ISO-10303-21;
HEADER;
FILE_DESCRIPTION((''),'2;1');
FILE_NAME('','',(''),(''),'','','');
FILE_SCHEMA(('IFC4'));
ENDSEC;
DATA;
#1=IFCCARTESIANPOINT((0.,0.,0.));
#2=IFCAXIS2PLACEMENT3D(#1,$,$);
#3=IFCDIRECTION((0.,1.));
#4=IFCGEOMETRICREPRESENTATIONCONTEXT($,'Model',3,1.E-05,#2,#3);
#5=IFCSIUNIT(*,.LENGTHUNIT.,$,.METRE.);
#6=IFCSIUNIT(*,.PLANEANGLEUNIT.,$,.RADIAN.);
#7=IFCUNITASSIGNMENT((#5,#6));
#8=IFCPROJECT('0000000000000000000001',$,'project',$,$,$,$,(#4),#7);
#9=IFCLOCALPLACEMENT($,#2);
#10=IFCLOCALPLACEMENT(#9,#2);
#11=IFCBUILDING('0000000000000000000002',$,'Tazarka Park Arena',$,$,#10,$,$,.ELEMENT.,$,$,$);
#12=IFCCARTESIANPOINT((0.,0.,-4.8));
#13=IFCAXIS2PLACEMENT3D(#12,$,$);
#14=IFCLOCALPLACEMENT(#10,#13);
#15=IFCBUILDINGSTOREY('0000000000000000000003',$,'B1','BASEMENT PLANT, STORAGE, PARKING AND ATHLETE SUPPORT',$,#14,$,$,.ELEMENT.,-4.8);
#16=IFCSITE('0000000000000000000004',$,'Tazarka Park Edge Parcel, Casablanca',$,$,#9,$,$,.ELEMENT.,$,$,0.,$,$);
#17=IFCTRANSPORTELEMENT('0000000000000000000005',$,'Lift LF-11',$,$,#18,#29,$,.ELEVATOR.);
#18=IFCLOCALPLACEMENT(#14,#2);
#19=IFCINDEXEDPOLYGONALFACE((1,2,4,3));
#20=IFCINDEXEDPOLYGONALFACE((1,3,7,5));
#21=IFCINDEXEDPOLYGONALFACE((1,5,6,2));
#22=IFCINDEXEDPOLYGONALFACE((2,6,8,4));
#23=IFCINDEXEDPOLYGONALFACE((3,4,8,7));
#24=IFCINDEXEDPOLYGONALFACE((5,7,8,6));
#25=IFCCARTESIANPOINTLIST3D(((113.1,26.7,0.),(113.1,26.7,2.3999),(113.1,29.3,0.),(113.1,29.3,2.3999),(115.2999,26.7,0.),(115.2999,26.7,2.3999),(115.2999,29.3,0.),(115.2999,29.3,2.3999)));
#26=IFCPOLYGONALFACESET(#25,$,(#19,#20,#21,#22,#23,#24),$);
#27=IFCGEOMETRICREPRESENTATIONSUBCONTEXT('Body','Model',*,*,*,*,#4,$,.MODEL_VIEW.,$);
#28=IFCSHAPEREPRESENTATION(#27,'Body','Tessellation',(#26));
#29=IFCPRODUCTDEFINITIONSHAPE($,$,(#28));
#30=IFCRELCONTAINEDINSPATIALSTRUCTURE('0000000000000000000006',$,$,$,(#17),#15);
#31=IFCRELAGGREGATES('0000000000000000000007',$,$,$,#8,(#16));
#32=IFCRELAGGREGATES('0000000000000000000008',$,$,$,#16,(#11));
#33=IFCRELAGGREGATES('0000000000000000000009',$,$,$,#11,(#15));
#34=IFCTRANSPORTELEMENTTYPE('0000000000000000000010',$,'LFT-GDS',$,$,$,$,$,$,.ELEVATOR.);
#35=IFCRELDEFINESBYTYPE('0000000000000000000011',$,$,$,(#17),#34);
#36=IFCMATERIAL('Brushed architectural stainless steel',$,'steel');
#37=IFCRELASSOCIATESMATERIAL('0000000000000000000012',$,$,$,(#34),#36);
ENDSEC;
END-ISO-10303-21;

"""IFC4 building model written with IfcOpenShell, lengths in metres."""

from ifc_helpers import new_model, si_unit, direction, frame, origin, origin_2d, place, context, subcontext, project, spatial, rectangle, extrude, material, type_object, element, save


model = new_model("IFC4")

# Units and contexts
model_context = context("Model", 3, precision=1e-05, world=origin(), true_north=direction((0.0, 1.0)))
body_context = subcontext(model_context, "Body", "Model", "MODEL_VIEW")
ifc_project = project(units=[si_unit("LENGTHUNIT", "METRE"), si_unit("PLANEANGLEUNIT", "RADIAN")], contexts=[model_context])

# Site, building, storey
site_placement = place(None, origin())
site = spatial("IfcSite", under=ifc_project, at=site_placement, Name="Tazarka Park Edge Parcel, Casablanca", CompositionType="ELEMENT", RefElevation=0.0)
building_placement = place(site_placement, origin())
building = spatial("IfcBuilding", under=site, at=building_placement, Name="Tazarka Park Arena", CompositionType="ELEMENT")
storey_placement = place(building_placement, frame((0.0, 0.0, -4.8)))
storey = spatial("IfcBuildingStorey", under=building, at=storey_placement, Name="B1", Description="BASEMENT PLANT, STORAGE, PARKING AND ATHLETE SUPPORT", CompositionType="ELEMENT", Elevation=-4.8)

# Transport element
ifc_material_1 = material(Name="Brushed architectural stainless steel", Category="steel")
transport_element_type = type_object("IfcTransportElementType", Name="LFT-GDS", PredefinedType="ELEVATOR", material=ifc_material_1)
transport_element_placement = place(storey_placement, frame((114.2, 28.0, 0.0), z_axis=(0.0, 0.0, 1.0), x_axis=(1.0, 0.0, 0.0)))
element("IfcTransportElement", 1, at=transport_element_placement, inside=storey, type_object=transport_element_type, Name="Lift LF-11", PredefinedType="ELEVATOR", context=body_context, shape_type="SweptSolid", body=[
    extrude(rectangle(XDim=2.2, YDim=2.6001, at=origin_2d()), origin(), (0.0, 0.0, 1.0), 2.3999),
])

save(model, "model.ifc")
